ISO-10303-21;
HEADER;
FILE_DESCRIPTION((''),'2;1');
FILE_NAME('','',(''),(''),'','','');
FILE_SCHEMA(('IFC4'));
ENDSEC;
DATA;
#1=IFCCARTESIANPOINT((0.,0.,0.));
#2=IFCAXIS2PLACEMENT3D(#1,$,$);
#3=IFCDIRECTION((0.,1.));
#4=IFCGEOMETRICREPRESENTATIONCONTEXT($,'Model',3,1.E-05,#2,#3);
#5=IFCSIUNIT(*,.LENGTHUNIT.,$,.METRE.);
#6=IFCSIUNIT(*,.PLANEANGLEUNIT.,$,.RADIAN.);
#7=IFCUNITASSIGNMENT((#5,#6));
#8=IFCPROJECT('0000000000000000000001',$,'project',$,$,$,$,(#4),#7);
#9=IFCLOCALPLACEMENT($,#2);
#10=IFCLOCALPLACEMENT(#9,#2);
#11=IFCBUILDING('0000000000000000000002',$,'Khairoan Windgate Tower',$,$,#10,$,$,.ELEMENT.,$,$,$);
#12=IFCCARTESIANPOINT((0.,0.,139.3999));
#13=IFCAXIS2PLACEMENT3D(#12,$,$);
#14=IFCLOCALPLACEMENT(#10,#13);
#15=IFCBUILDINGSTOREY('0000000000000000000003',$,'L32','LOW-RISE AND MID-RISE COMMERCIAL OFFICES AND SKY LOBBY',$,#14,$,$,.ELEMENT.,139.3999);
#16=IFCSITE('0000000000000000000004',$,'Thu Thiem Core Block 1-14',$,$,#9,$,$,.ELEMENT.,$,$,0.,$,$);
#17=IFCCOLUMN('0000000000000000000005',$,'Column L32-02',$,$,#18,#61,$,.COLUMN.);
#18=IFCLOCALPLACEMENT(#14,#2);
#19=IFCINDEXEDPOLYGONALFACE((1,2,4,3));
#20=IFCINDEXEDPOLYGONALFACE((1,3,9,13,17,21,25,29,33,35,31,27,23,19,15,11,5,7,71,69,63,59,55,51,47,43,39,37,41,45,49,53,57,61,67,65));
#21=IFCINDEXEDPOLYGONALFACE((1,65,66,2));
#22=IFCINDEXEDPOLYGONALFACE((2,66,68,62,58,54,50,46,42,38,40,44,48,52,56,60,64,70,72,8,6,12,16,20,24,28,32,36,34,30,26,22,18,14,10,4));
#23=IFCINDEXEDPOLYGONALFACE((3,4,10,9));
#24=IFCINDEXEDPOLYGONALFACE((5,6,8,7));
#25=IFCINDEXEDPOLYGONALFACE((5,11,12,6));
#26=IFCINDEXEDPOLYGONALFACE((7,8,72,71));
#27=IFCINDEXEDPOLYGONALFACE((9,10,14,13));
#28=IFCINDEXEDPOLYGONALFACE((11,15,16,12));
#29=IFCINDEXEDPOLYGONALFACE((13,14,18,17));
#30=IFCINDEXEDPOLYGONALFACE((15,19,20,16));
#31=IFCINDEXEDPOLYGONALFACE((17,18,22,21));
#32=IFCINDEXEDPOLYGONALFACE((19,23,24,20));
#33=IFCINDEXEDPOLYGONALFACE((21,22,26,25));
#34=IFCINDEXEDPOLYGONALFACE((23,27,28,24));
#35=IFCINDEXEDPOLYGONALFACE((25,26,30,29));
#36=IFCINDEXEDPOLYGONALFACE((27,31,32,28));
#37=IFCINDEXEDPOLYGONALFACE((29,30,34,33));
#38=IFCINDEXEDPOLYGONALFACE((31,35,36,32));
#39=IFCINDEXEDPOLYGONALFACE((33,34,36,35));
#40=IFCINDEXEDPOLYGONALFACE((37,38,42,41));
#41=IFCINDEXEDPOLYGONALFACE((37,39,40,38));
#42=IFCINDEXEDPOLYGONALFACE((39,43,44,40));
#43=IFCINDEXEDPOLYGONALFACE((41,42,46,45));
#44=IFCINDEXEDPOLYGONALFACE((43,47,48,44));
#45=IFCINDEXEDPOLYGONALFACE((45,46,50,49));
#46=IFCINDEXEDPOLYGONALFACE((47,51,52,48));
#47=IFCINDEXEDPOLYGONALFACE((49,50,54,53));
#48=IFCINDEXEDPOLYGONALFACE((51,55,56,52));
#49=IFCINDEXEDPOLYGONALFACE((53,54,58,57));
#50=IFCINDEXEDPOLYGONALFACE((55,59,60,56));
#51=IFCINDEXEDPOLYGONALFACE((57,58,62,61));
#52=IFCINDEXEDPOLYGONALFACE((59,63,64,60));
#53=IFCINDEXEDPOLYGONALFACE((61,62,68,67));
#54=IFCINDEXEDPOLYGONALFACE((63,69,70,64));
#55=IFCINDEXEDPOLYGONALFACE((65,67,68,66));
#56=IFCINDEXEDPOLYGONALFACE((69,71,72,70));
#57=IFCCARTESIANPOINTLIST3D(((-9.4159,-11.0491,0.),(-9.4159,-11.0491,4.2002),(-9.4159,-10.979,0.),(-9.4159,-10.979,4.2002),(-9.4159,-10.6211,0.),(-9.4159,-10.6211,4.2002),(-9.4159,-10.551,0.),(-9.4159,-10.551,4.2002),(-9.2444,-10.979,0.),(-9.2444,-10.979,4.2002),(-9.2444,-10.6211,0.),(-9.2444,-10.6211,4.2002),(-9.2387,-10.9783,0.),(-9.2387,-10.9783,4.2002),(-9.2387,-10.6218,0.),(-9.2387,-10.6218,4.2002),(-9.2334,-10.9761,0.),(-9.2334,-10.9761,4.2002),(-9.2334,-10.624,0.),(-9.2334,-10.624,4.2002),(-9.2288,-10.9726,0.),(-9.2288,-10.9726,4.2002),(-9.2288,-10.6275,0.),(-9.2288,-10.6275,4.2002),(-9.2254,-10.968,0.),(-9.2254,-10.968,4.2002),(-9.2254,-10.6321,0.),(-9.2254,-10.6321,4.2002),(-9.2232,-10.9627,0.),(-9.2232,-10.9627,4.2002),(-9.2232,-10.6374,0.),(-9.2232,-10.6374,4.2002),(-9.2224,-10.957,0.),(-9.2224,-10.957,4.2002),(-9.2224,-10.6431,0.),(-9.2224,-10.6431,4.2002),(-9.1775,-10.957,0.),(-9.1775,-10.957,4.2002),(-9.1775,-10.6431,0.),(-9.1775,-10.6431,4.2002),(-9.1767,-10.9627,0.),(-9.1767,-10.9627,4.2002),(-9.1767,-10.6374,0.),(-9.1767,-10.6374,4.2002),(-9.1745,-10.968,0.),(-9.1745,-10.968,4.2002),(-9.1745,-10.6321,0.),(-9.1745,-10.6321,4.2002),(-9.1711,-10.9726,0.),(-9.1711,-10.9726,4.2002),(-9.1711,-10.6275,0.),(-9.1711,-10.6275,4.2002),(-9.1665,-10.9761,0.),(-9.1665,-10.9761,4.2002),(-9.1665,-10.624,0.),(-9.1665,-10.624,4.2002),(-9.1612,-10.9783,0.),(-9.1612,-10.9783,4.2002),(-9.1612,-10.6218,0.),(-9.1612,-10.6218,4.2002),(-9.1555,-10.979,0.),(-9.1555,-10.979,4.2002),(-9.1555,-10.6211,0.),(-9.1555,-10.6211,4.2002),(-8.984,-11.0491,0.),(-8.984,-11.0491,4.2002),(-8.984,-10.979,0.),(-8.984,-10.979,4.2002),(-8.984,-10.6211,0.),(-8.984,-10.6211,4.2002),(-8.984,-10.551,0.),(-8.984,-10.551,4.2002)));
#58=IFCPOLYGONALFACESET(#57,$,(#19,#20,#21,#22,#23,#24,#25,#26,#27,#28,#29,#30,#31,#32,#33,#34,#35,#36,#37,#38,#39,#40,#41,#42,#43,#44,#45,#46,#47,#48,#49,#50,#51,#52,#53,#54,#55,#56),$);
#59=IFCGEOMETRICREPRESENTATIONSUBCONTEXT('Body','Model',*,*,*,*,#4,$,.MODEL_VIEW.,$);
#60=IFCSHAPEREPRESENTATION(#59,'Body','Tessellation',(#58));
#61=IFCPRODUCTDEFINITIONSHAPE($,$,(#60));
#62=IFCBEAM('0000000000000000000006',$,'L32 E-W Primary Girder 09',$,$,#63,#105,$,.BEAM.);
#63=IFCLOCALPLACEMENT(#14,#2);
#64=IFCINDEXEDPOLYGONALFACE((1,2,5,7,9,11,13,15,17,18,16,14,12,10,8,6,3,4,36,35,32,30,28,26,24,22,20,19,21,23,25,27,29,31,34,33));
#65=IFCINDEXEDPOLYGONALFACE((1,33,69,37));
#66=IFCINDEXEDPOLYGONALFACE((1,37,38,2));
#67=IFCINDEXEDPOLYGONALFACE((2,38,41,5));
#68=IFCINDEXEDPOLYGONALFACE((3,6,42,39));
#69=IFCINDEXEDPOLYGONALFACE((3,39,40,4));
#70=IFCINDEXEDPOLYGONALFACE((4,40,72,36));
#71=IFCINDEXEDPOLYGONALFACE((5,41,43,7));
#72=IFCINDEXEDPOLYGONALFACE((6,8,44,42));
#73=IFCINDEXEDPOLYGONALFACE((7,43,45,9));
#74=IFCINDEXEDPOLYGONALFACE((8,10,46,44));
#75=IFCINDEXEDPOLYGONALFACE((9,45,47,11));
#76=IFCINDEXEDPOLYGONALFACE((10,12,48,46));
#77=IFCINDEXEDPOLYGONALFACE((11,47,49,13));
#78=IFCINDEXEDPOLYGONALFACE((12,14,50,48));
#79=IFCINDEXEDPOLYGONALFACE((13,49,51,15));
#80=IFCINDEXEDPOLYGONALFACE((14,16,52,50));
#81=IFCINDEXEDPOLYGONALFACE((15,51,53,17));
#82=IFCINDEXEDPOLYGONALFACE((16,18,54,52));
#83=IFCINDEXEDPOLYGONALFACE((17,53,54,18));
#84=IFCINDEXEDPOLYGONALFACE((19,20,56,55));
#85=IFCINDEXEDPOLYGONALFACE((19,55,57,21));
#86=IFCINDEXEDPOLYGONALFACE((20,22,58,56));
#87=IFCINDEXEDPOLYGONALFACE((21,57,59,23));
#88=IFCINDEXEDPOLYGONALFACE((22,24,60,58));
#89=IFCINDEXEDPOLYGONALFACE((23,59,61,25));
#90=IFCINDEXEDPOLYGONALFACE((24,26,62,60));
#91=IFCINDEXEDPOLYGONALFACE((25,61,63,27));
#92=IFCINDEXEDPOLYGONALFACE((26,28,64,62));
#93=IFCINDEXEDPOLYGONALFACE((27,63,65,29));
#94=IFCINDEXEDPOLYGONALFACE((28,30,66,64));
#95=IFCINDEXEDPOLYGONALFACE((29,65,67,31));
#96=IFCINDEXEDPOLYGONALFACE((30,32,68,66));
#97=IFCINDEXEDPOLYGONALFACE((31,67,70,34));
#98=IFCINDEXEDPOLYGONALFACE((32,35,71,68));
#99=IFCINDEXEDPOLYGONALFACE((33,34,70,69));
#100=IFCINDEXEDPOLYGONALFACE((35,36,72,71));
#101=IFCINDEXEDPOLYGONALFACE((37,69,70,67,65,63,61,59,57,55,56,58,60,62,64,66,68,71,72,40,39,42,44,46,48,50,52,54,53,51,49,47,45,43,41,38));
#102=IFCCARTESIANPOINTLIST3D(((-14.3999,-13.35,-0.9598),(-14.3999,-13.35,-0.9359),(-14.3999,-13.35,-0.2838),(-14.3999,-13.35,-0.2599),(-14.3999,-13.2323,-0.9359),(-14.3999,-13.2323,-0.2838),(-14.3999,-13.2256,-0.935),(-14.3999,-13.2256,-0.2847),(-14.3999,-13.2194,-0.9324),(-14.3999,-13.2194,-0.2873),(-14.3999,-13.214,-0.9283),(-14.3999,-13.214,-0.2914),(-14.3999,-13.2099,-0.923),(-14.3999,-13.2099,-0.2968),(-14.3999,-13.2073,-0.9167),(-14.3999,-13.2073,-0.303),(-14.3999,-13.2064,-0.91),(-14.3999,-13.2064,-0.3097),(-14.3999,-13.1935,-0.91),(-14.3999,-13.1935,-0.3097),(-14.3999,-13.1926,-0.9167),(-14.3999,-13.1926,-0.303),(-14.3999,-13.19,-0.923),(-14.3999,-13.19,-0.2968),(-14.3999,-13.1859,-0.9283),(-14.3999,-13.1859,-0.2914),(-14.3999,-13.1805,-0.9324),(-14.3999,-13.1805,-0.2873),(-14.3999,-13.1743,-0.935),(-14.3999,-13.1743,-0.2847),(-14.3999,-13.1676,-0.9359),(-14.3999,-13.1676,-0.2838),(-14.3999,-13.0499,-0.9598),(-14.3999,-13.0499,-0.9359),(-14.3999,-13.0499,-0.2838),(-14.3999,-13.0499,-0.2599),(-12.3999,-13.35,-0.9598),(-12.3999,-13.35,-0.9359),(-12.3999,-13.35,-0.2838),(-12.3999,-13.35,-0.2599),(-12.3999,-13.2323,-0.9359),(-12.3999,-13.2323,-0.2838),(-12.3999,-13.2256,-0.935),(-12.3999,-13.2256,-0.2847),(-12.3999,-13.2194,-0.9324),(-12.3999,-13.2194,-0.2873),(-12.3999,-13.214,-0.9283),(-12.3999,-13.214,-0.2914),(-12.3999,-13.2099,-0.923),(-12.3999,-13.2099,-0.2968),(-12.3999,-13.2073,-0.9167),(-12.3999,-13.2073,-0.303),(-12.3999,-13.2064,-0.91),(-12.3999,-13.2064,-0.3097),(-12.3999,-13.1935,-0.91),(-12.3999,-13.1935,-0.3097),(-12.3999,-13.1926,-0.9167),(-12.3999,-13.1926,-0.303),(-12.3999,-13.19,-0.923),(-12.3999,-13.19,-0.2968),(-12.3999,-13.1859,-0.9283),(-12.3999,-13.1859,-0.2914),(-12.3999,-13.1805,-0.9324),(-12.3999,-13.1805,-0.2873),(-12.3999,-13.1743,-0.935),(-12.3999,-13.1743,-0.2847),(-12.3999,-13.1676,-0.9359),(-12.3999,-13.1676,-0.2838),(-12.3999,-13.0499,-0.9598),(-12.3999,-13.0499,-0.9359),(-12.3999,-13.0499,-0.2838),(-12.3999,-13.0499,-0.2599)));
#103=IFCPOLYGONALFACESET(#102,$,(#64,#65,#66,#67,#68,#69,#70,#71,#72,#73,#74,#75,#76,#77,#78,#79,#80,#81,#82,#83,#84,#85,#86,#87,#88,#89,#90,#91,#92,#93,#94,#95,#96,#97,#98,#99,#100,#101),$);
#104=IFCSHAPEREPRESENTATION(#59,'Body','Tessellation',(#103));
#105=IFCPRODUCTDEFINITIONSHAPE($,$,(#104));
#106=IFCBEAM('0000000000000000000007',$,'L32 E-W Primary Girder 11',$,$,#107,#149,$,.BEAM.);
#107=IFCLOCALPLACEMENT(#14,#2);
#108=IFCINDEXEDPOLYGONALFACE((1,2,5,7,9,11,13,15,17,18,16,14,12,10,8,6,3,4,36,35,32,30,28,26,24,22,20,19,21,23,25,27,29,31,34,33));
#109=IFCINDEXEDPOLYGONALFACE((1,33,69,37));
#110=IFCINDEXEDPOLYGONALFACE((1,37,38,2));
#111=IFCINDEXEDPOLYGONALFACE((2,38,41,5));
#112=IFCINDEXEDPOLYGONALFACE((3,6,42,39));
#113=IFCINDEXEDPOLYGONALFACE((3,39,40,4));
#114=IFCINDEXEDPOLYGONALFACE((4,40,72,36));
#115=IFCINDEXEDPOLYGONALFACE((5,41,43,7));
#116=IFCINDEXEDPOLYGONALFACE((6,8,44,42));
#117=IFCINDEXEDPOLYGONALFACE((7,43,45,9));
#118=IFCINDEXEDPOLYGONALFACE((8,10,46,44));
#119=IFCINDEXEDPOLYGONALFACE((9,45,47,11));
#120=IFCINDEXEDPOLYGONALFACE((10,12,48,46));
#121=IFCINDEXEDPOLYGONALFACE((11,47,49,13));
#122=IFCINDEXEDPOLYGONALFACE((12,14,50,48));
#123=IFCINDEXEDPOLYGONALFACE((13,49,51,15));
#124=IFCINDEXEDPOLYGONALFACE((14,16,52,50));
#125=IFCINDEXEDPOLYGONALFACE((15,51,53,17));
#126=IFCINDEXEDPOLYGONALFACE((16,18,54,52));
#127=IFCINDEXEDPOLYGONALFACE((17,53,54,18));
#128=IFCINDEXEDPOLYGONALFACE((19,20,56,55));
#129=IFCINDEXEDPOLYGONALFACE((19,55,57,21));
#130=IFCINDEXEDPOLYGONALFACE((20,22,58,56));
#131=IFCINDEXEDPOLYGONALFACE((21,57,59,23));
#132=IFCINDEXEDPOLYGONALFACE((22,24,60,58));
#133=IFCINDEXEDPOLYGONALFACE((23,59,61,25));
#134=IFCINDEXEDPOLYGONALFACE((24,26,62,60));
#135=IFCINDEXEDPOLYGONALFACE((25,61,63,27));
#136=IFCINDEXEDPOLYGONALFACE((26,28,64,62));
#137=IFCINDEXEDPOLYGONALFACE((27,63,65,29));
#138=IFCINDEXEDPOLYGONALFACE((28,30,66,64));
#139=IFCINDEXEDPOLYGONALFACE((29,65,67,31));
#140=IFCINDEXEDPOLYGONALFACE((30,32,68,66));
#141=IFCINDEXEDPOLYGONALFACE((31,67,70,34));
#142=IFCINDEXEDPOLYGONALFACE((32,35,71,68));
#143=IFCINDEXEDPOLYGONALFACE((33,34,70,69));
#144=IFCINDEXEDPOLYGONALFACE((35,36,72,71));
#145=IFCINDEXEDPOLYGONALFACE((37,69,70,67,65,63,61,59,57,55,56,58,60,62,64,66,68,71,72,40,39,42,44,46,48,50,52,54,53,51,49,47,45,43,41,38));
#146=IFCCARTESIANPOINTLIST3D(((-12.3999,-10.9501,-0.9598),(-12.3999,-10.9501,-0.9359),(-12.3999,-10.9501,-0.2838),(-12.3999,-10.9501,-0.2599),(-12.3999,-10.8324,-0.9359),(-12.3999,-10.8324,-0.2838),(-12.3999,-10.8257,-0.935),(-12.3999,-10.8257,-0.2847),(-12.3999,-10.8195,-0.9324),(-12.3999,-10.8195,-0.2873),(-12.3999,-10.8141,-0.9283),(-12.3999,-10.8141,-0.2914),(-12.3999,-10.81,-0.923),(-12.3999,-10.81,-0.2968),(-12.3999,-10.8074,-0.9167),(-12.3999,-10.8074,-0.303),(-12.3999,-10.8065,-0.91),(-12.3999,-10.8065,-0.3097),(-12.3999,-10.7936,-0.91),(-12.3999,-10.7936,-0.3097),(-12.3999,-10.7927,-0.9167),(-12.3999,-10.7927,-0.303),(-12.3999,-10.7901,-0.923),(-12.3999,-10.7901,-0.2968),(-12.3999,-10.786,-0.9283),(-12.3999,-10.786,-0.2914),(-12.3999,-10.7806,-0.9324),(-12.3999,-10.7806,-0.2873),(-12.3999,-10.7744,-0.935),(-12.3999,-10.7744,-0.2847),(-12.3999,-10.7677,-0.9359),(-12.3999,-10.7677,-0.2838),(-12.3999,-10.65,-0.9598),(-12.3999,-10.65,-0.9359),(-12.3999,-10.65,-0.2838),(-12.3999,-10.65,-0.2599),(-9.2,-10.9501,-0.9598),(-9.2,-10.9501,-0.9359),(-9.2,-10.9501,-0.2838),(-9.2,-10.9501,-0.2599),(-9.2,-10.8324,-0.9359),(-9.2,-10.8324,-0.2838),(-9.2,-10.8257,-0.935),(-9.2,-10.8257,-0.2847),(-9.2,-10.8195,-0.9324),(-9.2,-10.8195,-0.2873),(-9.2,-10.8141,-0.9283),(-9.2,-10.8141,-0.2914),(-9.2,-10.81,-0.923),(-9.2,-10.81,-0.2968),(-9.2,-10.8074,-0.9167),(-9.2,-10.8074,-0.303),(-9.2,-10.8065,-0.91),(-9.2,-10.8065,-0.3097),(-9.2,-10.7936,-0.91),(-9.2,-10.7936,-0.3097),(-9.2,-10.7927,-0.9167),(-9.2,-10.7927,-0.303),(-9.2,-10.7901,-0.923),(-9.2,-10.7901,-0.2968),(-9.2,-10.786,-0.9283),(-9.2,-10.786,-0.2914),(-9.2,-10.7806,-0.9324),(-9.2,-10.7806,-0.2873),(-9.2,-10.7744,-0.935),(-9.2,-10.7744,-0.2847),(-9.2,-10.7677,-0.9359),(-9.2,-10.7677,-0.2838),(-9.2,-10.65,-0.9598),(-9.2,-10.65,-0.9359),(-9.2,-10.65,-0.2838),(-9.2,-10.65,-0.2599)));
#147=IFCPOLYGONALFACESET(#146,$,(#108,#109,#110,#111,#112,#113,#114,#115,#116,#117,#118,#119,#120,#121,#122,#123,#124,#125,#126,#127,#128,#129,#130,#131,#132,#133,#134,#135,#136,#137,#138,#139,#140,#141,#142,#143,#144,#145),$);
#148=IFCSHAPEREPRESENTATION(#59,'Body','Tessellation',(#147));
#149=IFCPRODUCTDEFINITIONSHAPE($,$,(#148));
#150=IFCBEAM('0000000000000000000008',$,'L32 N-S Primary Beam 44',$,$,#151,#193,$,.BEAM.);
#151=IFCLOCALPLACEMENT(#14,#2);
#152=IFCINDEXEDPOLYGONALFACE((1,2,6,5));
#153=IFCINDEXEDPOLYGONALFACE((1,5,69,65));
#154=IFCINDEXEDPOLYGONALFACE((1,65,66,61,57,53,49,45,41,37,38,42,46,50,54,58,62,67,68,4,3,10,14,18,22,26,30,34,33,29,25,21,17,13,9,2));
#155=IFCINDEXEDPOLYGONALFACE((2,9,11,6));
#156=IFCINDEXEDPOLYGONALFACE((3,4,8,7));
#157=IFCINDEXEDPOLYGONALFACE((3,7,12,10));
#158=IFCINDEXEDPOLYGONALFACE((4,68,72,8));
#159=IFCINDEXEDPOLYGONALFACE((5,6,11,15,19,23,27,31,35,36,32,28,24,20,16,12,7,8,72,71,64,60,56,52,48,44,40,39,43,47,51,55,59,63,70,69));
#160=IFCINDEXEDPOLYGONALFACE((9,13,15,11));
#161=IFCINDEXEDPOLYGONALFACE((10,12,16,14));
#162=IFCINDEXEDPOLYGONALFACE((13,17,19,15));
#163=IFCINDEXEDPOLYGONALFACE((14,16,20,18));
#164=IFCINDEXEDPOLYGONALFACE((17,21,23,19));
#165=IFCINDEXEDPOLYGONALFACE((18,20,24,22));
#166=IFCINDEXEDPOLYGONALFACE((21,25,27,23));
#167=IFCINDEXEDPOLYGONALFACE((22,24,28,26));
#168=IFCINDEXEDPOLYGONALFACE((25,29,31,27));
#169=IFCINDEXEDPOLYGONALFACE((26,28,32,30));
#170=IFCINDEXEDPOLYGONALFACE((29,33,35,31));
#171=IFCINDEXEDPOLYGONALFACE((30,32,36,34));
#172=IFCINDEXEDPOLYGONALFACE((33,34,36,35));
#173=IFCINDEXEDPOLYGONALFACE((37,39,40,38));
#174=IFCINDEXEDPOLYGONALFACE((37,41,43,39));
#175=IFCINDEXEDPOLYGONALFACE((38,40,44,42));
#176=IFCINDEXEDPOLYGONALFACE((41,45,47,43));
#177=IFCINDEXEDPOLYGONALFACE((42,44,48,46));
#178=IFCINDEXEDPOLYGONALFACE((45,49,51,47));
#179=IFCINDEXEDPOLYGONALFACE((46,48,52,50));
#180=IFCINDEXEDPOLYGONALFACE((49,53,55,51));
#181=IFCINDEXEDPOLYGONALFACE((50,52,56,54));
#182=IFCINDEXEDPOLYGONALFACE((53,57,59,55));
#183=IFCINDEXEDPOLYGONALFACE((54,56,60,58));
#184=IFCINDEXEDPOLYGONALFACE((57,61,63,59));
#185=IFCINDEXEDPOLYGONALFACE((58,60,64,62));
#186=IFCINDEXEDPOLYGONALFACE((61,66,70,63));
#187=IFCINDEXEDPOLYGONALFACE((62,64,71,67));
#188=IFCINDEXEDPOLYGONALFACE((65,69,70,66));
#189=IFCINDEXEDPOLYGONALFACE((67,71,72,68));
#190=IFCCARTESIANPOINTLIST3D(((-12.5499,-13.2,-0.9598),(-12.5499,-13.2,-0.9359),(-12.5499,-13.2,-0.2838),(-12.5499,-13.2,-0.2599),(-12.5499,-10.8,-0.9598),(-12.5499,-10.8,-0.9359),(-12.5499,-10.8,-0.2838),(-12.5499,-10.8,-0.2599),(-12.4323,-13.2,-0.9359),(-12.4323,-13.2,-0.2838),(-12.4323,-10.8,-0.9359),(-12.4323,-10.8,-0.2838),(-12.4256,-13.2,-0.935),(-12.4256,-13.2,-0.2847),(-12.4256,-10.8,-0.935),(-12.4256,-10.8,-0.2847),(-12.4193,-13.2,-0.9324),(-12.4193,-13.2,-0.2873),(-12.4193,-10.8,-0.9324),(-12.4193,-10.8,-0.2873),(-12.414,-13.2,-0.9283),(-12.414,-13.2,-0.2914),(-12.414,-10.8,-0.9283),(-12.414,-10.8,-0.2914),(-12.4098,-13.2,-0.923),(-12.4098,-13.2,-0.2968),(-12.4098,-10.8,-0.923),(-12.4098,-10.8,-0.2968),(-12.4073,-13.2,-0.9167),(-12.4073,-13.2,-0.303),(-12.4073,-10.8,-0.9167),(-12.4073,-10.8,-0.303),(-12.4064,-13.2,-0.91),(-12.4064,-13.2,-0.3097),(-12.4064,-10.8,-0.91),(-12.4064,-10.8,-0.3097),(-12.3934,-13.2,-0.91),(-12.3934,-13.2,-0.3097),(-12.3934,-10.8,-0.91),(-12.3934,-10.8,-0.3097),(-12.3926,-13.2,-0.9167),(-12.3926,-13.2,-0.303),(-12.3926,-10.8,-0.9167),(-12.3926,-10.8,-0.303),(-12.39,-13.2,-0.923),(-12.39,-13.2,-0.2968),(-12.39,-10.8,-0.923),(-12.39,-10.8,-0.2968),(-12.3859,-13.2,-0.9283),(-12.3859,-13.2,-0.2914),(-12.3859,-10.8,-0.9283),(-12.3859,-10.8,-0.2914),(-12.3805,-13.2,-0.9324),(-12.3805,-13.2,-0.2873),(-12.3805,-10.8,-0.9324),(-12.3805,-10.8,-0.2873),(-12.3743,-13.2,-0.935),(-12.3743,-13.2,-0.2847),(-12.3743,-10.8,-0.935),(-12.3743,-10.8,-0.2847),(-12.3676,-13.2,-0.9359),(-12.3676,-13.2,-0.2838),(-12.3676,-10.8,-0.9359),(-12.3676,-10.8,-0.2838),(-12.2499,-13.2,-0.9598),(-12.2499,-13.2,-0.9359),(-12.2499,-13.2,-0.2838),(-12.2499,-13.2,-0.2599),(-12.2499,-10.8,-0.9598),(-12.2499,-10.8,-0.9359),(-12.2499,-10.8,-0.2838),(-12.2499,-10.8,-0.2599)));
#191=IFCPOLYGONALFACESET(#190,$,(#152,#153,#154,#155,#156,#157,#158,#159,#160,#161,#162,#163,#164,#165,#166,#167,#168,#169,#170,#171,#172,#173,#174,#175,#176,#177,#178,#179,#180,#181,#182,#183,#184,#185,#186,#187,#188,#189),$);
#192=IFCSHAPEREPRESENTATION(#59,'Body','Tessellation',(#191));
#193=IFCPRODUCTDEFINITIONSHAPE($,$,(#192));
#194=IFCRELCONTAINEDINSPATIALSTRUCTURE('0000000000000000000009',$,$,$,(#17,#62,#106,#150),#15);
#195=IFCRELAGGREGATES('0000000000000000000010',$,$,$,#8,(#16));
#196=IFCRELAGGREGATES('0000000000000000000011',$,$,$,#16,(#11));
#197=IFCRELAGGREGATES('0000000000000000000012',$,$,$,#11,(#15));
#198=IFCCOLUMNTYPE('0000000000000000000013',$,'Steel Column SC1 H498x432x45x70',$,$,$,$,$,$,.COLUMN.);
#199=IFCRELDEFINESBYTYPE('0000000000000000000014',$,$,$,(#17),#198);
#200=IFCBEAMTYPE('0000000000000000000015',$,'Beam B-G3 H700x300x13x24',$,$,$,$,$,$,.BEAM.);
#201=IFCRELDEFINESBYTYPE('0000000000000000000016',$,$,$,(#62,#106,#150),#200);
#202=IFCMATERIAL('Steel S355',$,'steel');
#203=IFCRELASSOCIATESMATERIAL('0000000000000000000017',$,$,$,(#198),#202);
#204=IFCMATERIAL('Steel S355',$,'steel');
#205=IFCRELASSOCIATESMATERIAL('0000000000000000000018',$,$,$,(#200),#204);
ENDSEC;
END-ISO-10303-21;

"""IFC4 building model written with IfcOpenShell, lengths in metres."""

from ifc_helpers import new_model, si_unit, direction, frame, origin, origin_2d, place, context, subcontext, project, spatial, i_section, extrude, material, material_profile, profile_set, type_object, element, save


model = new_model("IFC4")

# Units and contexts
model_context = context("Model", 3, precision=1e-05, world=origin(), true_north=direction((0.0, 1.0)))
body_context = subcontext(model_context, "Body", "Model", "MODEL_VIEW")
ifc_project = project(units=[si_unit("LENGTHUNIT", "METRE"), si_unit("PLANEANGLEUNIT", "RADIAN")], contexts=[model_context])

# Site, building, storey
site_placement = place(None, origin())
site = spatial("IfcSite", under=ifc_project, at=site_placement, Name="Thu Thiem Core Block 1-14", CompositionType="ELEMENT", RefElevation=0.0)
building_placement = place(site_placement, origin())
building = spatial("IfcBuilding", under=site, at=building_placement, Name="Khairoan Windgate Tower", CompositionType="ELEMENT")
storey_placement = place(building_placement, frame((0.0, 0.0, 139.3999)))
storey = spatial("IfcBuildingStorey", under=building, at=storey_placement, Name="L32", Description="LOW-RISE AND MID-RISE COMMERCIAL OFFICES AND SKY LOBBY", CompositionType="ELEMENT", Elevation=139.3999)

# Column
ifc_material_1 = material(Name="Steel S355", Category="steel")
ifc_material_profile_1 = material_profile(ifc_material_1, i_section(OverallWidth=0.4319, OverallDepth=0.498, WebThickness=0.0449, FlangeThickness=0.0701, FilletRadius=0.022, at=origin_2d()))
ifc_profile_set_1 = profile_set([ifc_material_profile_1], Name="Steel S355")
column_type = type_object("IfcColumnType", Name="Steel Column SC1 H498x432x45x70", PredefinedType="COLUMN", material=ifc_profile_set_1)
column_placement = place(storey_placement, frame((-9.2, -10.8, 0.0), z_axis=(0.0, 0.0, 1.0), x_axis=(1.0, 0.0, 0.0)))
element("IfcColumn", 1, at=column_placement, inside=storey, type_object=column_type, Name="Column L32-02", PredefinedType="COLUMN", context=body_context, shape_type="SweptSolid", body=[
    extrude(i_section(OverallWidth=0.4319, OverallDepth=0.498, WebThickness=0.0449, FlangeThickness=0.0701, FilletRadius=0.022, at=origin_2d()), origin(), (0.0, 0.0, 1.0), 4.2002),
])

# Beams
ifc_material_2 = material(Name="Steel S355", Category="steel")
ifc_material_profile_2 = material_profile(ifc_material_2, i_section(OverallWidth=0.3, OverallDepth=0.7, WebThickness=0.0129, FlangeThickness=0.0239, FilletRadius=0.0259, at=origin_2d()))
ifc_profile_set_2 = profile_set([ifc_material_profile_2], Name="Steel S355")
beam_type = type_object("IfcBeamType", Name="Beam B-G3 H700x300x13x24", PredefinedType="BEAM", material=ifc_profile_set_2)
beam_1_placement = place(storey_placement, frame((-14.3999, -13.2, -0.6099), z_axis=(1.0, 0.0, 0.0), x_axis=(0.0, 1.0, 0.0)))
element("IfcBeam", 2, at=beam_1_placement, inside=storey, type_object=beam_type, Name="L32 E-W Primary Girder 09", PredefinedType="BEAM", context=body_context, shape_type="SweptSolid", body=[
    extrude(i_section(OverallWidth=0.3, OverallDepth=0.7, WebThickness=0.0129, FlangeThickness=0.0239, FilletRadius=0.0259, at=origin_2d()), origin(), (0.0, 0.0, 1.0), 2.0),
])
beam_2_placement = place(storey_placement, frame((-12.3999, -10.8, -0.6099), z_axis=(1.0, 0.0, 0.0), x_axis=(0.0, 1.0, 0.0)))
element("IfcBeam", 3, at=beam_2_placement, inside=storey, type_object=beam_type, Name="L32 E-W Primary Girder 11", PredefinedType="BEAM", context=body_context, shape_type="SweptSolid", body=[
    extrude(i_section(OverallWidth=0.3, OverallDepth=0.7, WebThickness=0.0129, FlangeThickness=0.0239, FilletRadius=0.0259, at=origin_2d()), origin(), (0.0, 0.0, 1.0), 3.2),
])
beam_3_placement = place(storey_placement, frame((-12.3999, -13.2, -0.6099), z_axis=(0.0, 1.0, 0.0), x_axis=(-1.0, 0.0, 0.0)))
element("IfcBeam", 4, at=beam_3_placement, inside=storey, type_object=beam_type, Name="L32 N-S Primary Beam 44", PredefinedType="BEAM", context=body_context, shape_type="SweptSolid", body=[
    extrude(i_section(OverallWidth=0.3, OverallDepth=0.7, WebThickness=0.0129, FlangeThickness=0.0239, FilletRadius=0.0259, at=origin_2d()), origin(), (0.0, 0.0, 1.0), 2.3999),
])

save(model, "model.ifc")
